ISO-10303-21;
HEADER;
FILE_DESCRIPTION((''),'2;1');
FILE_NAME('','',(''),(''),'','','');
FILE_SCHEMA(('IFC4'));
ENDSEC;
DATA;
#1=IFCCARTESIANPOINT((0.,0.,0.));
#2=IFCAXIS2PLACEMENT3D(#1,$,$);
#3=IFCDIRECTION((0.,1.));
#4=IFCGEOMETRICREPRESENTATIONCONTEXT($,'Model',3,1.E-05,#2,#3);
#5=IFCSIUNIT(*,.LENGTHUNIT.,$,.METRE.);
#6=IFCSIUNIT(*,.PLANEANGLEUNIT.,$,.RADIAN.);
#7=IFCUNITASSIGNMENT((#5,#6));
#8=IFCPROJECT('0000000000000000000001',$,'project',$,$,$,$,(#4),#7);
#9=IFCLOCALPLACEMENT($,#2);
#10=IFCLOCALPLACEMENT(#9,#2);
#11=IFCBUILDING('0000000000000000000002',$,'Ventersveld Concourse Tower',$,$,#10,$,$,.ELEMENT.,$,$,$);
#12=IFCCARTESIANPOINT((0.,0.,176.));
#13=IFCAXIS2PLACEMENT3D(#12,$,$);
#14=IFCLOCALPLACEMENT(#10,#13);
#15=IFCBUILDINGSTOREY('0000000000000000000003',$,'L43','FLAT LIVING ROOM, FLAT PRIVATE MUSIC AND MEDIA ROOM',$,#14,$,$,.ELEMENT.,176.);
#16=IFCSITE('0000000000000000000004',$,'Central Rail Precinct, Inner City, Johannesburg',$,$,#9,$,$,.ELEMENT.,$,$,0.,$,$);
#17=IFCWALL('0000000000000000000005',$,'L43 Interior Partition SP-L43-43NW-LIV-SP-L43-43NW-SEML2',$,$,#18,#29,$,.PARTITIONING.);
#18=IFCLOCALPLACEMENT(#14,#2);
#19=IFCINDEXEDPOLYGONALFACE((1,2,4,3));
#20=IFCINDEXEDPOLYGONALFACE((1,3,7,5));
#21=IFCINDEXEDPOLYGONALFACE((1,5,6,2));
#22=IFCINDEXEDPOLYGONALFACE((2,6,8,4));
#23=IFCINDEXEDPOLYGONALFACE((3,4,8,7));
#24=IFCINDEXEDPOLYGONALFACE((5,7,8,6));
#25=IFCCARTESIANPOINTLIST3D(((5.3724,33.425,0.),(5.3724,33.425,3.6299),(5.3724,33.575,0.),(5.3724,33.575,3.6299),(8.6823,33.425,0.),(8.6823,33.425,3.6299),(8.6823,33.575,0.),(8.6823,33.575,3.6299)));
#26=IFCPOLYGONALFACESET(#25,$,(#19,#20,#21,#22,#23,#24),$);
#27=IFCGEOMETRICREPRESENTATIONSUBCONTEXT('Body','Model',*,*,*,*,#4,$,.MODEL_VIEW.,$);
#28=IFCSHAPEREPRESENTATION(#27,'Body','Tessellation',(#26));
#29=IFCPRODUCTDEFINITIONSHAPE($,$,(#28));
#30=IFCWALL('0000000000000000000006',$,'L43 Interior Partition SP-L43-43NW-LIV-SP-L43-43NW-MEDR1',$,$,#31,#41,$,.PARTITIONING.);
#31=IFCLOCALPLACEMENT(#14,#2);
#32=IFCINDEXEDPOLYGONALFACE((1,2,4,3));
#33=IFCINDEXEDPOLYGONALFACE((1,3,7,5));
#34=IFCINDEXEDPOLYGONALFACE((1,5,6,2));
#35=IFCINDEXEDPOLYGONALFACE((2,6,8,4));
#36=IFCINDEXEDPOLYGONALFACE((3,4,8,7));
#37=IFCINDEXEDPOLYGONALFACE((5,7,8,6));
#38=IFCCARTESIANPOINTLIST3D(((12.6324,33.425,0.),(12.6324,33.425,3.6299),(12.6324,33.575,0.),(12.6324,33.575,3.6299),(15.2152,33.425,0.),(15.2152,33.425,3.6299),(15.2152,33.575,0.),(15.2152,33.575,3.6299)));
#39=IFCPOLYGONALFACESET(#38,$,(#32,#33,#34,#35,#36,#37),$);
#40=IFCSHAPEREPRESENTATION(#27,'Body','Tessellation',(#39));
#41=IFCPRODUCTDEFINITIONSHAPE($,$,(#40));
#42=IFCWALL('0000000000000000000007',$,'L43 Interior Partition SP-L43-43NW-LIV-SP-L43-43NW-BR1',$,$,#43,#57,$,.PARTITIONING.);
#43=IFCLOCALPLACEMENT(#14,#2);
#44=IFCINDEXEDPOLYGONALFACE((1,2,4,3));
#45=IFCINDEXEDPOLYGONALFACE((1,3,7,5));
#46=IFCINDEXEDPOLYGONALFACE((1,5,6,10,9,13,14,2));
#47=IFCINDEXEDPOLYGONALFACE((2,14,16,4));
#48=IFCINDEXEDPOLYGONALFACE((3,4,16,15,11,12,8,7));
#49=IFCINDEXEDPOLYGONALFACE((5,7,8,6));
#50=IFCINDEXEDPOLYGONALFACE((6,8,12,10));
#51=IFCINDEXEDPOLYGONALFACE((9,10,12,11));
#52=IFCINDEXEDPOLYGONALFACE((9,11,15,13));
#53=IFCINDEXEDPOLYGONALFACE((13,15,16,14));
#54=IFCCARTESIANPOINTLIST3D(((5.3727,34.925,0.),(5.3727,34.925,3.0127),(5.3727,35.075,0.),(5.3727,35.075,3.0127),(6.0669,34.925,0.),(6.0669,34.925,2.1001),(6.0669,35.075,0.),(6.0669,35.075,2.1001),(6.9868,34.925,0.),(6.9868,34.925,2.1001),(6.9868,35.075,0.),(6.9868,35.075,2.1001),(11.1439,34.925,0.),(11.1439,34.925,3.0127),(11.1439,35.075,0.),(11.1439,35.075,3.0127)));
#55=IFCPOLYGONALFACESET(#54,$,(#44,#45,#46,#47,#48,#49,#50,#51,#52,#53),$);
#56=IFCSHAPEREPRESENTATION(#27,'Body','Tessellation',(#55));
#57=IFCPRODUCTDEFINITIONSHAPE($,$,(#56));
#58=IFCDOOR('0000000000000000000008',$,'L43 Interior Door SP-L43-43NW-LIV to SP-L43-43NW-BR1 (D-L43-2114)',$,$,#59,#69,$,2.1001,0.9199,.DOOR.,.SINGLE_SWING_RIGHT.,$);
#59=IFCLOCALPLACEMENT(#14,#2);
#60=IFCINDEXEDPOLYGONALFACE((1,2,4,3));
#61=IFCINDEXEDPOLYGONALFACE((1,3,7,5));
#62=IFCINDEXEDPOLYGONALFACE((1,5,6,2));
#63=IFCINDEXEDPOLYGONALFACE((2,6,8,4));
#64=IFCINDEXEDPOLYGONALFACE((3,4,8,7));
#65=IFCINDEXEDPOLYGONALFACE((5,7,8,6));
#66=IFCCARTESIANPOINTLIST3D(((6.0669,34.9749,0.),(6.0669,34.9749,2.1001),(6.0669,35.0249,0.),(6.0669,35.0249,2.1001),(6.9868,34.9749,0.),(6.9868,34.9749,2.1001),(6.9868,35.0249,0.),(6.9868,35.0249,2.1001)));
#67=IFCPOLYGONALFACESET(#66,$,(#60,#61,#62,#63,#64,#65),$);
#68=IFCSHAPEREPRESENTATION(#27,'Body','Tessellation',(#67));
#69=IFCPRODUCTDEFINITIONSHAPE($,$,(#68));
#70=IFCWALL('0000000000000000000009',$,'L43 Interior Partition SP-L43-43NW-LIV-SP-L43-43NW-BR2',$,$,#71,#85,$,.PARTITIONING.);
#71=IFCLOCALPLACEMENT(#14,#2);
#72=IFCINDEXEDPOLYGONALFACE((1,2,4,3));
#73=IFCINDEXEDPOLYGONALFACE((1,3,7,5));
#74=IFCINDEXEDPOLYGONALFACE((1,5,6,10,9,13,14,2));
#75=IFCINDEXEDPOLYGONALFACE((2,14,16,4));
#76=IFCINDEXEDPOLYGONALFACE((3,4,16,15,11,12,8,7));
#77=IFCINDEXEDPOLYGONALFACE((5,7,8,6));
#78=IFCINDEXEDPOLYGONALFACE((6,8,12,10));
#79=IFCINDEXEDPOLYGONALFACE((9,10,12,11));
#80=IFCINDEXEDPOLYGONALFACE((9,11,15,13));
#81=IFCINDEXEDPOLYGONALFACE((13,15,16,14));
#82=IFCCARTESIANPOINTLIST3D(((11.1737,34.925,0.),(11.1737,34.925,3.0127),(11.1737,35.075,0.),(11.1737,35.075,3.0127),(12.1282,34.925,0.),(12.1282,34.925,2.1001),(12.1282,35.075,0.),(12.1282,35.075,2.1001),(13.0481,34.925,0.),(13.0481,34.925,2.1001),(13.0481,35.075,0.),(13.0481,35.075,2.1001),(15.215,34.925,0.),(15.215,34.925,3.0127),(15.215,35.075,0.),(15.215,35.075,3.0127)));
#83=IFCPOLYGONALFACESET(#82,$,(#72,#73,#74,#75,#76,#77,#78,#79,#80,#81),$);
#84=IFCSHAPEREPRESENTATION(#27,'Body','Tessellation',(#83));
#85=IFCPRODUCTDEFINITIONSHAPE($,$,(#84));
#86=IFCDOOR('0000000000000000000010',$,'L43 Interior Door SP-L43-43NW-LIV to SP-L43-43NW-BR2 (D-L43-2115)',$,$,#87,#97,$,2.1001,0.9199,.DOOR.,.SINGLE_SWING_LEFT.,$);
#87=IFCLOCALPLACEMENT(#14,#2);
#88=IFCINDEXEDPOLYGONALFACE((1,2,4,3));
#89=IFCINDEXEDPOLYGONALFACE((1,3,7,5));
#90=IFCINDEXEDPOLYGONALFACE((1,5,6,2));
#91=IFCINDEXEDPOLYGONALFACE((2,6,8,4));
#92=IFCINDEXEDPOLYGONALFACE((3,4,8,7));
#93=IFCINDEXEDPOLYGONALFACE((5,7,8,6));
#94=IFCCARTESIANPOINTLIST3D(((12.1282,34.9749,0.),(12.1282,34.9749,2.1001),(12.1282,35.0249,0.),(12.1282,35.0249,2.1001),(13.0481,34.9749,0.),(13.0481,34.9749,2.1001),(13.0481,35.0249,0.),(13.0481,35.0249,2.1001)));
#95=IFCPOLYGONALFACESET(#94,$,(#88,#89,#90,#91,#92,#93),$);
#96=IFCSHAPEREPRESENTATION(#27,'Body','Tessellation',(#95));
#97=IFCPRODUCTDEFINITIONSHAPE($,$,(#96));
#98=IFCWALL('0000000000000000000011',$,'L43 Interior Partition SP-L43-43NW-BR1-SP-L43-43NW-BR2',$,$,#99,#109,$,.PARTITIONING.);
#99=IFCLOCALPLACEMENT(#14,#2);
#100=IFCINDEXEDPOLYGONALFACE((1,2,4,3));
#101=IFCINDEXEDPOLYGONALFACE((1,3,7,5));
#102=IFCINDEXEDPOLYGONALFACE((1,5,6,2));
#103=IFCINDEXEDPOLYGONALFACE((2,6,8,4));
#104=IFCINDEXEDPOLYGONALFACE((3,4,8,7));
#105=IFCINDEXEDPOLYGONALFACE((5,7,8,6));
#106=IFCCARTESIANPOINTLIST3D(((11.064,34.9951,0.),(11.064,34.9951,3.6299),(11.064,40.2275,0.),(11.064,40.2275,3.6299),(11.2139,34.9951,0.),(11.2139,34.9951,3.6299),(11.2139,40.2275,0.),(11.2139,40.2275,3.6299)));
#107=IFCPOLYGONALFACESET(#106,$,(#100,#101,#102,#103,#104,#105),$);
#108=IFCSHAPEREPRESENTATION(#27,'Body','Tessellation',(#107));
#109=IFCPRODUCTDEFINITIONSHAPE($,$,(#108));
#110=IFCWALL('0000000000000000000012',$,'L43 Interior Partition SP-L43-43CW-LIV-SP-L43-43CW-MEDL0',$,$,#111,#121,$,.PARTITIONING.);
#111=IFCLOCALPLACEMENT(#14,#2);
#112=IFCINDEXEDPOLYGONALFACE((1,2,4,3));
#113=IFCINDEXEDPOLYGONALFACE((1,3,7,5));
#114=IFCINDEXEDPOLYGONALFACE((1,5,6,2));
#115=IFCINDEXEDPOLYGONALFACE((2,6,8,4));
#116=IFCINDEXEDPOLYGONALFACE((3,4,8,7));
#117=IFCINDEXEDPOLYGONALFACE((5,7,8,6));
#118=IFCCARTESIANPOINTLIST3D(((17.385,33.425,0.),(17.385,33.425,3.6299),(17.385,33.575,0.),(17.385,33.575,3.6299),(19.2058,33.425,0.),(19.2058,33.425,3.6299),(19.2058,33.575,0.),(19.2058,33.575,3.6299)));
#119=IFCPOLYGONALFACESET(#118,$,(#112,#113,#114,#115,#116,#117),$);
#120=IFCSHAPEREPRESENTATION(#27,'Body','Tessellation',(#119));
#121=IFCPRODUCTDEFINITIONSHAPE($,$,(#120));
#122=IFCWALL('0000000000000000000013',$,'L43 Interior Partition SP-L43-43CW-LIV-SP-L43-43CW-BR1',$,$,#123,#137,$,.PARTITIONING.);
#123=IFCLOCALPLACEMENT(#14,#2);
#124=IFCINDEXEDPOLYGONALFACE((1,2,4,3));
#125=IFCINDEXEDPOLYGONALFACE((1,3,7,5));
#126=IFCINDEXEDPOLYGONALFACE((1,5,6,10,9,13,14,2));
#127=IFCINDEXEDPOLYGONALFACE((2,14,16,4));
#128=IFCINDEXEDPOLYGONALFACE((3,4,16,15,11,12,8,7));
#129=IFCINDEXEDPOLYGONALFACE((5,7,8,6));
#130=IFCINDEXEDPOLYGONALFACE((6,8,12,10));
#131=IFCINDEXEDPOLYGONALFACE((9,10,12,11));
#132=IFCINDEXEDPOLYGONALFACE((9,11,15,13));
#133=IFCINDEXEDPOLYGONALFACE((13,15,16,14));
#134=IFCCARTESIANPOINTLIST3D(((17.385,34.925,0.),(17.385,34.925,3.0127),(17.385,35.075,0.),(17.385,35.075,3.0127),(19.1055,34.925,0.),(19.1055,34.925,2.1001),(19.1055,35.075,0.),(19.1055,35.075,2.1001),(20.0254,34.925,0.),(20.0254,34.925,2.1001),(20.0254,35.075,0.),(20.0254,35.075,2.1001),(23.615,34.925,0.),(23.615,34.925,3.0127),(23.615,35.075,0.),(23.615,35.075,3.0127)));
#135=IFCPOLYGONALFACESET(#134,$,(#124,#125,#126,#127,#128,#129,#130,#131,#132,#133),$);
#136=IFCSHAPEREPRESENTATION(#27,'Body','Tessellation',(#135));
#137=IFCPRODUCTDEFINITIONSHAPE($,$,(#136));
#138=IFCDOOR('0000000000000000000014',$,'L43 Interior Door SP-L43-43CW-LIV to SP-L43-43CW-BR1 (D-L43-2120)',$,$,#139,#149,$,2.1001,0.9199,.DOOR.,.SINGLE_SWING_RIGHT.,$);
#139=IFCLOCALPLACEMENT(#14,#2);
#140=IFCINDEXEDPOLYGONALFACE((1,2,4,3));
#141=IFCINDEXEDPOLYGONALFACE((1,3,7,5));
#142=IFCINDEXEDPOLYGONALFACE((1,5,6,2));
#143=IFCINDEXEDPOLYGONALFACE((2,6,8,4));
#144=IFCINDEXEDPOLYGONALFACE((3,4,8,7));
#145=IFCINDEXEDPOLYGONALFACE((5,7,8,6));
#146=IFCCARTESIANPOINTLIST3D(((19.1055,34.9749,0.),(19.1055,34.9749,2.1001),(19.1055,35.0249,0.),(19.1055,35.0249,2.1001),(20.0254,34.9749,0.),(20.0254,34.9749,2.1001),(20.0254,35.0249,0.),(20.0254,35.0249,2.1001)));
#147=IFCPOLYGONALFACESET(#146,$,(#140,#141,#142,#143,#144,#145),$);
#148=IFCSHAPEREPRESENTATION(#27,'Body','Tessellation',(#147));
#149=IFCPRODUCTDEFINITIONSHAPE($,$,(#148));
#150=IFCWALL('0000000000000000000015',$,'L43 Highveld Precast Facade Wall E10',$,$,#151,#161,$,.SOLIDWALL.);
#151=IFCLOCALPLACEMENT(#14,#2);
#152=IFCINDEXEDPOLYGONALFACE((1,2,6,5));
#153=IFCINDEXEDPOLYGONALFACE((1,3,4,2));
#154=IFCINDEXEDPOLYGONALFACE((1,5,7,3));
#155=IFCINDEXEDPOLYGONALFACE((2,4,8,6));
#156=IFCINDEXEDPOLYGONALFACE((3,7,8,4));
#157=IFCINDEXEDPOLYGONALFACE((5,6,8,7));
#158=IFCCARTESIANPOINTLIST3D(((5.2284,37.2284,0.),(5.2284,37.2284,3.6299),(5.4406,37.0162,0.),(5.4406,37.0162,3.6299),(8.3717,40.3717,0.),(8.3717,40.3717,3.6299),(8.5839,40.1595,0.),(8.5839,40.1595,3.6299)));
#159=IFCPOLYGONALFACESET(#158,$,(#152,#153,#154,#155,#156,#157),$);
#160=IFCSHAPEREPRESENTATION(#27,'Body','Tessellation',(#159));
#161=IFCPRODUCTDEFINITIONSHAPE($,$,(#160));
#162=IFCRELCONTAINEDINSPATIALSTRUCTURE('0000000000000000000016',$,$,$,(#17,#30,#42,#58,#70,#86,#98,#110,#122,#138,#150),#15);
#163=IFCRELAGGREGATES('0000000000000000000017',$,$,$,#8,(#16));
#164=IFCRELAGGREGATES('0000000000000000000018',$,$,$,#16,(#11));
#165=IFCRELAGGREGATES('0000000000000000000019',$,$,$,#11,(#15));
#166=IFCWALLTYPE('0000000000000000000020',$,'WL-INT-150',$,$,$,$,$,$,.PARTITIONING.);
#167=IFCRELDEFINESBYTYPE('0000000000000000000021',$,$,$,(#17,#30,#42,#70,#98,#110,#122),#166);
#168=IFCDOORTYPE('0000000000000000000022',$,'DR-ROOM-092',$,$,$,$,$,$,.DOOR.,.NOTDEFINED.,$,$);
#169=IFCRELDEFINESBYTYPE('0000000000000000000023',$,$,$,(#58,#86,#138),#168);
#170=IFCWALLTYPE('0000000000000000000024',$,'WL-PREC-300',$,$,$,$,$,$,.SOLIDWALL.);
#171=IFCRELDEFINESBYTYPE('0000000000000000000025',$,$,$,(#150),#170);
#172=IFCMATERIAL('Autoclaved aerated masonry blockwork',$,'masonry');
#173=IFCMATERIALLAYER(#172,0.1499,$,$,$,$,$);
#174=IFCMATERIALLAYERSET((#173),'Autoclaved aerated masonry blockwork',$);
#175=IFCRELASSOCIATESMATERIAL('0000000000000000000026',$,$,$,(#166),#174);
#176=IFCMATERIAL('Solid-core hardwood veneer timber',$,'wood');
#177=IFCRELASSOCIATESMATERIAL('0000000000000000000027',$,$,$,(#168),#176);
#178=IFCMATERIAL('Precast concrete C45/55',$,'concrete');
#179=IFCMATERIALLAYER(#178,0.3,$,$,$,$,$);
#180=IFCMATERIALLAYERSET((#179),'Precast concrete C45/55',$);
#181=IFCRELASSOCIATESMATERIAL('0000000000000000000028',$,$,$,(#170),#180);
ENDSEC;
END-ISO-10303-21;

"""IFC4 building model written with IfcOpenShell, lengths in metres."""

from ifc_helpers import new_model, si_unit, direction, frame, frame_2d, origin, place, context, subcontext, project, spatial, rectangle, extrude, material, layer, layer_set, type_object, element, fill, save


model = new_model("IFC4")

# Units and contexts
model_context = context("Model", 3, precision=1e-05, world=origin(), true_north=direction((0.0, 1.0)))
body_context = subcontext(model_context, "Body", "Model", "MODEL_VIEW")
ifc_project = project(units=[si_unit("LENGTHUNIT", "METRE"), si_unit("PLANEANGLEUNIT", "RADIAN")], contexts=[model_context])

# Site, building, storey
site_placement = place(None, origin())
site = spatial("IfcSite", under=ifc_project, at=site_placement, Name="Central Rail Precinct, Inner City, Johannesburg", CompositionType="ELEMENT", RefElevation=0.0)
building_placement = place(site_placement, origin())
building = spatial("IfcBuilding", under=site, at=building_placement, Name="Ventersveld Concourse Tower", CompositionType="ELEMENT")
storey_placement = place(building_placement, frame((0.0, 0.0, 176.0)))
storey = spatial("IfcBuildingStorey", under=building, at=storey_placement, Name="L43", Description="FLAT LIVING ROOM, FLAT PRIVATE MUSIC AND MEDIA ROOM", CompositionType="ELEMENT", Elevation=176.0)

# Walls
ifc_material_1 = material(Name="Autoclaved aerated masonry blockwork", Category="masonry")
ifc_layer_1 = layer(ifc_material_1, 0.1499)
ifc_layer_set_1 = layer_set([ifc_layer_1], Name="Autoclaved aerated masonry blockwork")
wall_type_1 = type_object("IfcWallType", Name="WL-INT-150", PredefinedType="PARTITIONING", material=ifc_layer_set_1)
wall_1_placement = place(storey_placement, frame((5.3726, 33.5, 0.0), z_axis=(0.0, 0.0, 1.0), x_axis=(1.0, 0.0, 0.0)))
element("IfcWall", 1, at=wall_1_placement, inside=storey, type_object=wall_type_1, Name="L43 Interior Partition SP-L43-43NW-LIV-SP-L43-43NW-SEML2", PredefinedType="PARTITIONING", context=body_context, shape_type="SweptSolid", body=[
    extrude(rectangle(XDim=3.3098, YDim=0.1499, at=frame_2d((1.6548, 0.0))), origin(), (0.0, 0.0, 1.0), 3.6299),
])
wall_2_placement = place(storey_placement, frame((12.6323, 33.5, 0.0), z_axis=(0.0, 0.0, 1.0), x_axis=(1.0, 0.0, 0.0)))
element("IfcWall", 2, at=wall_2_placement, inside=storey, type_object=wall_type_1, Name="L43 Interior Partition SP-L43-43NW-LIV-SP-L43-43NW-MEDR1", PredefinedType="PARTITIONING", context=body_context, shape_type="SweptSolid", body=[
    extrude(rectangle(XDim=2.5828, YDim=0.1499, at=frame_2d((1.2915, 0.0))), origin(), (0.0, 0.0, 1.0), 3.6299),
])

# Walls, openings, doors
wall_3_placement = place(storey_placement, frame((5.3726, 35.0, 0.0), z_axis=(0.0, 0.0, 1.0), x_axis=(1.0, 0.0, 0.0)))
wall_3 = element("IfcWall", 3, at=wall_3_placement, inside=storey, type_object=wall_type_1, Name="L43 Interior Partition SP-L43-43NW-LIV-SP-L43-43NW-BR1", PredefinedType="PARTITIONING", context=body_context, shape_type="SweptSolid", body=[
    extrude(rectangle(XDim=5.7712, YDim=0.1499, at=frame_2d((2.8857, 0.0))), origin(), (0.0, 0.0, 1.0), 3.0127),
])
opening_1_placement = place(wall_3_placement, frame((0.6943, 0.0, 0.0)))
opening_1 = element("IfcOpeningElement", 4, at=opening_1_placement, cuts=wall_3, PredefinedType="OPENING", context=body_context, shape_type="SweptSolid", body=[
    extrude(rectangle(XDim=0.9199, YDim=2.1001, at=frame_2d((0.46, 1.05))), frame((0.0, 0.085, 0.0), z_axis=(0.0, -1.0, 0.0), x_axis=(1.0, 0.0, 0.0)), (0.0, 0.0, 1.0), 0.1699),
])
ifc_material_2 = material(Name="Solid-core hardwood veneer timber", Category="wood")
door_type = type_object("IfcDoorType", Name="DR-ROOM-092", OperationType="NOTDEFINED", PredefinedType="DOOR", material=ifc_material_2)
door_1_placement = place(opening_1_placement, origin())
door_1 = element("IfcDoor", 5, at=door_1_placement, inside=storey, type_object=door_type, Name="L43 Interior Door SP-L43-43NW-LIV to SP-L43-43NW-BR1 (D-L43-2114)", OperationType="SINGLE_SWING_RIGHT", OverallHeight=2.1001, OverallWidth=0.9199, PredefinedType="DOOR", context=body_context, shape_type="SweptSolid", body=[
    extrude(rectangle(XDim=0.9199, YDim=2.1001, at=frame_2d((0.46, 1.05))), frame((0.0, 0.0249, 0.0), z_axis=(0.0, -1.0, 0.0), x_axis=(1.0, 0.0, 0.0)), (0.0, 0.0, 1.0), 0.05),
])
fill(opening_1, door_1)
wall_4_placement = place(storey_placement, frame((11.1738, 35.0, 0.0), z_axis=(0.0, 0.0, 1.0), x_axis=(1.0, 0.0, 0.0)))
wall_4 = element("IfcWall", 6, at=wall_4_placement, inside=storey, type_object=wall_type_1, Name="L43 Interior Partition SP-L43-43NW-LIV-SP-L43-43NW-BR2", PredefinedType="PARTITIONING", context=body_context, shape_type="SweptSolid", body=[
    extrude(rectangle(XDim=4.0413, YDim=0.1499, at=frame_2d((2.0205, 0.0))), origin(), (0.0, 0.0, 1.0), 3.0127),
])
opening_2_placement = place(wall_4_placement, frame((0.9543, 0.0, 0.0)))
opening_2 = element("IfcOpeningElement", 7, at=opening_2_placement, cuts=wall_4, PredefinedType="OPENING", context=body_context, shape_type="SweptSolid", body=[
    extrude(rectangle(XDim=0.9199, YDim=2.1001, at=frame_2d((0.46, 1.05))), frame((0.0, 0.085, 0.0), z_axis=(0.0, -1.0, 0.0), x_axis=(1.0, 0.0, 0.0)), (0.0, 0.0, 1.0), 0.1699),
])
door_2_placement = place(opening_2_placement, origin())
door_2 = element("IfcDoor", 8, at=door_2_placement, inside=storey, type_object=door_type, Name="L43 Interior Door SP-L43-43NW-LIV to SP-L43-43NW-BR2 (D-L43-2115)", OperationType="SINGLE_SWING_LEFT", OverallHeight=2.1001, OverallWidth=0.9199, PredefinedType="DOOR", context=body_context, shape_type="SweptSolid", body=[
    extrude(rectangle(XDim=0.9199, YDim=2.1001, at=frame_2d((0.46, 1.05))), frame((0.0, 0.0249, 0.0), z_axis=(0.0, -1.0, 0.0), x_axis=(1.0, 0.0, 0.0)), (0.0, 0.0, 1.0), 0.05),
])
fill(opening_2, door_2)

# Walls
wall_5_placement = place(storey_placement, frame((11.1389, 34.9951, 0.0), z_axis=(0.0, 0.0, 1.0), x_axis=(0.0, 1.0, 0.0)))
element("IfcWall", 9, at=wall_5_placement, inside=storey, type_object=wall_type_1, Name="L43 Interior Partition SP-L43-43NW-BR1-SP-L43-43NW-BR2", PredefinedType="PARTITIONING", context=body_context, shape_type="SweptSolid", body=[
    extrude(rectangle(XDim=5.2324, YDim=0.1499, at=frame_2d((2.6162, 0.0))), origin(), (0.0, 0.0, 1.0), 3.6299),
])
wall_6_placement = place(storey_placement, frame((17.385, 33.5, 0.0), z_axis=(0.0, 0.0, 1.0), x_axis=(1.0, 0.0, 0.0)))
element("IfcWall", 10, at=wall_6_placement, inside=storey, type_object=wall_type_1, Name="L43 Interior Partition SP-L43-43CW-LIV-SP-L43-43CW-MEDL0", PredefinedType="PARTITIONING", context=body_context, shape_type="SweptSolid", body=[
    extrude(rectangle(XDim=1.8208, YDim=0.1499, at=frame_2d((0.9104, 0.0))), origin(), (0.0, 0.0, 1.0), 3.6299),
])

# Wall, opening, door
wall_7_placement = place(storey_placement, frame((17.385, 35.0, 0.0), z_axis=(0.0, 0.0, 1.0), x_axis=(1.0, 0.0, 0.0)))
wall_7 = element("IfcWall", 11, at=wall_7_placement, inside=storey, type_object=wall_type_1, Name="L43 Interior Partition SP-L43-43CW-LIV-SP-L43-43CW-BR1", PredefinedType="PARTITIONING", context=body_context, shape_type="SweptSolid", body=[
    extrude(rectangle(XDim=6.23, YDim=0.1499, at=frame_2d((3.115, 0.0))), origin(), (0.0, 0.0, 1.0), 3.0127),
])
opening_3_placement = place(wall_7_placement, frame((1.7205, 0.0, 0.0)))
opening_3 = element("IfcOpeningElement", 12, at=opening_3_placement, cuts=wall_7, PredefinedType="OPENING", context=body_context, shape_type="SweptSolid", body=[
    extrude(rectangle(XDim=0.9199, YDim=2.1001, at=frame_2d((0.46, 1.05))), frame((0.0, 0.085, 0.0), z_axis=(0.0, -1.0, 0.0), x_axis=(1.0, 0.0, 0.0)), (0.0, 0.0, 1.0), 0.1699),
])
door_3_placement = place(opening_3_placement, origin())
door_3 = element("IfcDoor", 13, at=door_3_placement, inside=storey, type_object=door_type, Name="L43 Interior Door SP-L43-43CW-LIV to SP-L43-43CW-BR1 (D-L43-2120)", OperationType="SINGLE_SWING_RIGHT", OverallHeight=2.1001, OverallWidth=0.9199, PredefinedType="DOOR", context=body_context, shape_type="SweptSolid", body=[
    extrude(rectangle(XDim=0.9199, YDim=2.1001, at=frame_2d((0.46, 1.05))), frame((0.0, 0.0249, 0.0), z_axis=(0.0, -1.0, 0.0), x_axis=(1.0, 0.0, 0.0)), (0.0, 0.0, 1.0), 0.05),
])
fill(opening_3, door_3)

# Wall
ifc_material_3 = material(Name="Precast concrete C45/55", Category="concrete")
ifc_layer_2 = layer(ifc_material_3, 0.3)
ifc_layer_set_2 = layer_set([ifc_layer_2], Name="Precast concrete C45/55")
wall_type_2 = type_object("IfcWallType", Name="WL-PREC-300", PredefinedType="SOLIDWALL", material=ifc_layer_set_2)
wall_8_placement = place(storey_placement, frame((8.4778, 40.2656, 0.0), z_axis=(0.0, 0.0, 1.0), x_axis=(-0.707107, -0.707107, 0.0)))
element("IfcWall", 14, at=wall_8_placement, inside=storey, type_object=wall_type_2, Name="L43 Highveld Precast Facade Wall E10", PredefinedType="SOLIDWALL", context=body_context, shape_type="SweptSolid", body=[
    extrude(rectangle(XDim=4.4453, YDim=0.3, at=frame_2d((2.2227, 0.0))), origin(), (0.0, 0.0, 1.0), 3.6299),
])

save(model, "model.ifc")
